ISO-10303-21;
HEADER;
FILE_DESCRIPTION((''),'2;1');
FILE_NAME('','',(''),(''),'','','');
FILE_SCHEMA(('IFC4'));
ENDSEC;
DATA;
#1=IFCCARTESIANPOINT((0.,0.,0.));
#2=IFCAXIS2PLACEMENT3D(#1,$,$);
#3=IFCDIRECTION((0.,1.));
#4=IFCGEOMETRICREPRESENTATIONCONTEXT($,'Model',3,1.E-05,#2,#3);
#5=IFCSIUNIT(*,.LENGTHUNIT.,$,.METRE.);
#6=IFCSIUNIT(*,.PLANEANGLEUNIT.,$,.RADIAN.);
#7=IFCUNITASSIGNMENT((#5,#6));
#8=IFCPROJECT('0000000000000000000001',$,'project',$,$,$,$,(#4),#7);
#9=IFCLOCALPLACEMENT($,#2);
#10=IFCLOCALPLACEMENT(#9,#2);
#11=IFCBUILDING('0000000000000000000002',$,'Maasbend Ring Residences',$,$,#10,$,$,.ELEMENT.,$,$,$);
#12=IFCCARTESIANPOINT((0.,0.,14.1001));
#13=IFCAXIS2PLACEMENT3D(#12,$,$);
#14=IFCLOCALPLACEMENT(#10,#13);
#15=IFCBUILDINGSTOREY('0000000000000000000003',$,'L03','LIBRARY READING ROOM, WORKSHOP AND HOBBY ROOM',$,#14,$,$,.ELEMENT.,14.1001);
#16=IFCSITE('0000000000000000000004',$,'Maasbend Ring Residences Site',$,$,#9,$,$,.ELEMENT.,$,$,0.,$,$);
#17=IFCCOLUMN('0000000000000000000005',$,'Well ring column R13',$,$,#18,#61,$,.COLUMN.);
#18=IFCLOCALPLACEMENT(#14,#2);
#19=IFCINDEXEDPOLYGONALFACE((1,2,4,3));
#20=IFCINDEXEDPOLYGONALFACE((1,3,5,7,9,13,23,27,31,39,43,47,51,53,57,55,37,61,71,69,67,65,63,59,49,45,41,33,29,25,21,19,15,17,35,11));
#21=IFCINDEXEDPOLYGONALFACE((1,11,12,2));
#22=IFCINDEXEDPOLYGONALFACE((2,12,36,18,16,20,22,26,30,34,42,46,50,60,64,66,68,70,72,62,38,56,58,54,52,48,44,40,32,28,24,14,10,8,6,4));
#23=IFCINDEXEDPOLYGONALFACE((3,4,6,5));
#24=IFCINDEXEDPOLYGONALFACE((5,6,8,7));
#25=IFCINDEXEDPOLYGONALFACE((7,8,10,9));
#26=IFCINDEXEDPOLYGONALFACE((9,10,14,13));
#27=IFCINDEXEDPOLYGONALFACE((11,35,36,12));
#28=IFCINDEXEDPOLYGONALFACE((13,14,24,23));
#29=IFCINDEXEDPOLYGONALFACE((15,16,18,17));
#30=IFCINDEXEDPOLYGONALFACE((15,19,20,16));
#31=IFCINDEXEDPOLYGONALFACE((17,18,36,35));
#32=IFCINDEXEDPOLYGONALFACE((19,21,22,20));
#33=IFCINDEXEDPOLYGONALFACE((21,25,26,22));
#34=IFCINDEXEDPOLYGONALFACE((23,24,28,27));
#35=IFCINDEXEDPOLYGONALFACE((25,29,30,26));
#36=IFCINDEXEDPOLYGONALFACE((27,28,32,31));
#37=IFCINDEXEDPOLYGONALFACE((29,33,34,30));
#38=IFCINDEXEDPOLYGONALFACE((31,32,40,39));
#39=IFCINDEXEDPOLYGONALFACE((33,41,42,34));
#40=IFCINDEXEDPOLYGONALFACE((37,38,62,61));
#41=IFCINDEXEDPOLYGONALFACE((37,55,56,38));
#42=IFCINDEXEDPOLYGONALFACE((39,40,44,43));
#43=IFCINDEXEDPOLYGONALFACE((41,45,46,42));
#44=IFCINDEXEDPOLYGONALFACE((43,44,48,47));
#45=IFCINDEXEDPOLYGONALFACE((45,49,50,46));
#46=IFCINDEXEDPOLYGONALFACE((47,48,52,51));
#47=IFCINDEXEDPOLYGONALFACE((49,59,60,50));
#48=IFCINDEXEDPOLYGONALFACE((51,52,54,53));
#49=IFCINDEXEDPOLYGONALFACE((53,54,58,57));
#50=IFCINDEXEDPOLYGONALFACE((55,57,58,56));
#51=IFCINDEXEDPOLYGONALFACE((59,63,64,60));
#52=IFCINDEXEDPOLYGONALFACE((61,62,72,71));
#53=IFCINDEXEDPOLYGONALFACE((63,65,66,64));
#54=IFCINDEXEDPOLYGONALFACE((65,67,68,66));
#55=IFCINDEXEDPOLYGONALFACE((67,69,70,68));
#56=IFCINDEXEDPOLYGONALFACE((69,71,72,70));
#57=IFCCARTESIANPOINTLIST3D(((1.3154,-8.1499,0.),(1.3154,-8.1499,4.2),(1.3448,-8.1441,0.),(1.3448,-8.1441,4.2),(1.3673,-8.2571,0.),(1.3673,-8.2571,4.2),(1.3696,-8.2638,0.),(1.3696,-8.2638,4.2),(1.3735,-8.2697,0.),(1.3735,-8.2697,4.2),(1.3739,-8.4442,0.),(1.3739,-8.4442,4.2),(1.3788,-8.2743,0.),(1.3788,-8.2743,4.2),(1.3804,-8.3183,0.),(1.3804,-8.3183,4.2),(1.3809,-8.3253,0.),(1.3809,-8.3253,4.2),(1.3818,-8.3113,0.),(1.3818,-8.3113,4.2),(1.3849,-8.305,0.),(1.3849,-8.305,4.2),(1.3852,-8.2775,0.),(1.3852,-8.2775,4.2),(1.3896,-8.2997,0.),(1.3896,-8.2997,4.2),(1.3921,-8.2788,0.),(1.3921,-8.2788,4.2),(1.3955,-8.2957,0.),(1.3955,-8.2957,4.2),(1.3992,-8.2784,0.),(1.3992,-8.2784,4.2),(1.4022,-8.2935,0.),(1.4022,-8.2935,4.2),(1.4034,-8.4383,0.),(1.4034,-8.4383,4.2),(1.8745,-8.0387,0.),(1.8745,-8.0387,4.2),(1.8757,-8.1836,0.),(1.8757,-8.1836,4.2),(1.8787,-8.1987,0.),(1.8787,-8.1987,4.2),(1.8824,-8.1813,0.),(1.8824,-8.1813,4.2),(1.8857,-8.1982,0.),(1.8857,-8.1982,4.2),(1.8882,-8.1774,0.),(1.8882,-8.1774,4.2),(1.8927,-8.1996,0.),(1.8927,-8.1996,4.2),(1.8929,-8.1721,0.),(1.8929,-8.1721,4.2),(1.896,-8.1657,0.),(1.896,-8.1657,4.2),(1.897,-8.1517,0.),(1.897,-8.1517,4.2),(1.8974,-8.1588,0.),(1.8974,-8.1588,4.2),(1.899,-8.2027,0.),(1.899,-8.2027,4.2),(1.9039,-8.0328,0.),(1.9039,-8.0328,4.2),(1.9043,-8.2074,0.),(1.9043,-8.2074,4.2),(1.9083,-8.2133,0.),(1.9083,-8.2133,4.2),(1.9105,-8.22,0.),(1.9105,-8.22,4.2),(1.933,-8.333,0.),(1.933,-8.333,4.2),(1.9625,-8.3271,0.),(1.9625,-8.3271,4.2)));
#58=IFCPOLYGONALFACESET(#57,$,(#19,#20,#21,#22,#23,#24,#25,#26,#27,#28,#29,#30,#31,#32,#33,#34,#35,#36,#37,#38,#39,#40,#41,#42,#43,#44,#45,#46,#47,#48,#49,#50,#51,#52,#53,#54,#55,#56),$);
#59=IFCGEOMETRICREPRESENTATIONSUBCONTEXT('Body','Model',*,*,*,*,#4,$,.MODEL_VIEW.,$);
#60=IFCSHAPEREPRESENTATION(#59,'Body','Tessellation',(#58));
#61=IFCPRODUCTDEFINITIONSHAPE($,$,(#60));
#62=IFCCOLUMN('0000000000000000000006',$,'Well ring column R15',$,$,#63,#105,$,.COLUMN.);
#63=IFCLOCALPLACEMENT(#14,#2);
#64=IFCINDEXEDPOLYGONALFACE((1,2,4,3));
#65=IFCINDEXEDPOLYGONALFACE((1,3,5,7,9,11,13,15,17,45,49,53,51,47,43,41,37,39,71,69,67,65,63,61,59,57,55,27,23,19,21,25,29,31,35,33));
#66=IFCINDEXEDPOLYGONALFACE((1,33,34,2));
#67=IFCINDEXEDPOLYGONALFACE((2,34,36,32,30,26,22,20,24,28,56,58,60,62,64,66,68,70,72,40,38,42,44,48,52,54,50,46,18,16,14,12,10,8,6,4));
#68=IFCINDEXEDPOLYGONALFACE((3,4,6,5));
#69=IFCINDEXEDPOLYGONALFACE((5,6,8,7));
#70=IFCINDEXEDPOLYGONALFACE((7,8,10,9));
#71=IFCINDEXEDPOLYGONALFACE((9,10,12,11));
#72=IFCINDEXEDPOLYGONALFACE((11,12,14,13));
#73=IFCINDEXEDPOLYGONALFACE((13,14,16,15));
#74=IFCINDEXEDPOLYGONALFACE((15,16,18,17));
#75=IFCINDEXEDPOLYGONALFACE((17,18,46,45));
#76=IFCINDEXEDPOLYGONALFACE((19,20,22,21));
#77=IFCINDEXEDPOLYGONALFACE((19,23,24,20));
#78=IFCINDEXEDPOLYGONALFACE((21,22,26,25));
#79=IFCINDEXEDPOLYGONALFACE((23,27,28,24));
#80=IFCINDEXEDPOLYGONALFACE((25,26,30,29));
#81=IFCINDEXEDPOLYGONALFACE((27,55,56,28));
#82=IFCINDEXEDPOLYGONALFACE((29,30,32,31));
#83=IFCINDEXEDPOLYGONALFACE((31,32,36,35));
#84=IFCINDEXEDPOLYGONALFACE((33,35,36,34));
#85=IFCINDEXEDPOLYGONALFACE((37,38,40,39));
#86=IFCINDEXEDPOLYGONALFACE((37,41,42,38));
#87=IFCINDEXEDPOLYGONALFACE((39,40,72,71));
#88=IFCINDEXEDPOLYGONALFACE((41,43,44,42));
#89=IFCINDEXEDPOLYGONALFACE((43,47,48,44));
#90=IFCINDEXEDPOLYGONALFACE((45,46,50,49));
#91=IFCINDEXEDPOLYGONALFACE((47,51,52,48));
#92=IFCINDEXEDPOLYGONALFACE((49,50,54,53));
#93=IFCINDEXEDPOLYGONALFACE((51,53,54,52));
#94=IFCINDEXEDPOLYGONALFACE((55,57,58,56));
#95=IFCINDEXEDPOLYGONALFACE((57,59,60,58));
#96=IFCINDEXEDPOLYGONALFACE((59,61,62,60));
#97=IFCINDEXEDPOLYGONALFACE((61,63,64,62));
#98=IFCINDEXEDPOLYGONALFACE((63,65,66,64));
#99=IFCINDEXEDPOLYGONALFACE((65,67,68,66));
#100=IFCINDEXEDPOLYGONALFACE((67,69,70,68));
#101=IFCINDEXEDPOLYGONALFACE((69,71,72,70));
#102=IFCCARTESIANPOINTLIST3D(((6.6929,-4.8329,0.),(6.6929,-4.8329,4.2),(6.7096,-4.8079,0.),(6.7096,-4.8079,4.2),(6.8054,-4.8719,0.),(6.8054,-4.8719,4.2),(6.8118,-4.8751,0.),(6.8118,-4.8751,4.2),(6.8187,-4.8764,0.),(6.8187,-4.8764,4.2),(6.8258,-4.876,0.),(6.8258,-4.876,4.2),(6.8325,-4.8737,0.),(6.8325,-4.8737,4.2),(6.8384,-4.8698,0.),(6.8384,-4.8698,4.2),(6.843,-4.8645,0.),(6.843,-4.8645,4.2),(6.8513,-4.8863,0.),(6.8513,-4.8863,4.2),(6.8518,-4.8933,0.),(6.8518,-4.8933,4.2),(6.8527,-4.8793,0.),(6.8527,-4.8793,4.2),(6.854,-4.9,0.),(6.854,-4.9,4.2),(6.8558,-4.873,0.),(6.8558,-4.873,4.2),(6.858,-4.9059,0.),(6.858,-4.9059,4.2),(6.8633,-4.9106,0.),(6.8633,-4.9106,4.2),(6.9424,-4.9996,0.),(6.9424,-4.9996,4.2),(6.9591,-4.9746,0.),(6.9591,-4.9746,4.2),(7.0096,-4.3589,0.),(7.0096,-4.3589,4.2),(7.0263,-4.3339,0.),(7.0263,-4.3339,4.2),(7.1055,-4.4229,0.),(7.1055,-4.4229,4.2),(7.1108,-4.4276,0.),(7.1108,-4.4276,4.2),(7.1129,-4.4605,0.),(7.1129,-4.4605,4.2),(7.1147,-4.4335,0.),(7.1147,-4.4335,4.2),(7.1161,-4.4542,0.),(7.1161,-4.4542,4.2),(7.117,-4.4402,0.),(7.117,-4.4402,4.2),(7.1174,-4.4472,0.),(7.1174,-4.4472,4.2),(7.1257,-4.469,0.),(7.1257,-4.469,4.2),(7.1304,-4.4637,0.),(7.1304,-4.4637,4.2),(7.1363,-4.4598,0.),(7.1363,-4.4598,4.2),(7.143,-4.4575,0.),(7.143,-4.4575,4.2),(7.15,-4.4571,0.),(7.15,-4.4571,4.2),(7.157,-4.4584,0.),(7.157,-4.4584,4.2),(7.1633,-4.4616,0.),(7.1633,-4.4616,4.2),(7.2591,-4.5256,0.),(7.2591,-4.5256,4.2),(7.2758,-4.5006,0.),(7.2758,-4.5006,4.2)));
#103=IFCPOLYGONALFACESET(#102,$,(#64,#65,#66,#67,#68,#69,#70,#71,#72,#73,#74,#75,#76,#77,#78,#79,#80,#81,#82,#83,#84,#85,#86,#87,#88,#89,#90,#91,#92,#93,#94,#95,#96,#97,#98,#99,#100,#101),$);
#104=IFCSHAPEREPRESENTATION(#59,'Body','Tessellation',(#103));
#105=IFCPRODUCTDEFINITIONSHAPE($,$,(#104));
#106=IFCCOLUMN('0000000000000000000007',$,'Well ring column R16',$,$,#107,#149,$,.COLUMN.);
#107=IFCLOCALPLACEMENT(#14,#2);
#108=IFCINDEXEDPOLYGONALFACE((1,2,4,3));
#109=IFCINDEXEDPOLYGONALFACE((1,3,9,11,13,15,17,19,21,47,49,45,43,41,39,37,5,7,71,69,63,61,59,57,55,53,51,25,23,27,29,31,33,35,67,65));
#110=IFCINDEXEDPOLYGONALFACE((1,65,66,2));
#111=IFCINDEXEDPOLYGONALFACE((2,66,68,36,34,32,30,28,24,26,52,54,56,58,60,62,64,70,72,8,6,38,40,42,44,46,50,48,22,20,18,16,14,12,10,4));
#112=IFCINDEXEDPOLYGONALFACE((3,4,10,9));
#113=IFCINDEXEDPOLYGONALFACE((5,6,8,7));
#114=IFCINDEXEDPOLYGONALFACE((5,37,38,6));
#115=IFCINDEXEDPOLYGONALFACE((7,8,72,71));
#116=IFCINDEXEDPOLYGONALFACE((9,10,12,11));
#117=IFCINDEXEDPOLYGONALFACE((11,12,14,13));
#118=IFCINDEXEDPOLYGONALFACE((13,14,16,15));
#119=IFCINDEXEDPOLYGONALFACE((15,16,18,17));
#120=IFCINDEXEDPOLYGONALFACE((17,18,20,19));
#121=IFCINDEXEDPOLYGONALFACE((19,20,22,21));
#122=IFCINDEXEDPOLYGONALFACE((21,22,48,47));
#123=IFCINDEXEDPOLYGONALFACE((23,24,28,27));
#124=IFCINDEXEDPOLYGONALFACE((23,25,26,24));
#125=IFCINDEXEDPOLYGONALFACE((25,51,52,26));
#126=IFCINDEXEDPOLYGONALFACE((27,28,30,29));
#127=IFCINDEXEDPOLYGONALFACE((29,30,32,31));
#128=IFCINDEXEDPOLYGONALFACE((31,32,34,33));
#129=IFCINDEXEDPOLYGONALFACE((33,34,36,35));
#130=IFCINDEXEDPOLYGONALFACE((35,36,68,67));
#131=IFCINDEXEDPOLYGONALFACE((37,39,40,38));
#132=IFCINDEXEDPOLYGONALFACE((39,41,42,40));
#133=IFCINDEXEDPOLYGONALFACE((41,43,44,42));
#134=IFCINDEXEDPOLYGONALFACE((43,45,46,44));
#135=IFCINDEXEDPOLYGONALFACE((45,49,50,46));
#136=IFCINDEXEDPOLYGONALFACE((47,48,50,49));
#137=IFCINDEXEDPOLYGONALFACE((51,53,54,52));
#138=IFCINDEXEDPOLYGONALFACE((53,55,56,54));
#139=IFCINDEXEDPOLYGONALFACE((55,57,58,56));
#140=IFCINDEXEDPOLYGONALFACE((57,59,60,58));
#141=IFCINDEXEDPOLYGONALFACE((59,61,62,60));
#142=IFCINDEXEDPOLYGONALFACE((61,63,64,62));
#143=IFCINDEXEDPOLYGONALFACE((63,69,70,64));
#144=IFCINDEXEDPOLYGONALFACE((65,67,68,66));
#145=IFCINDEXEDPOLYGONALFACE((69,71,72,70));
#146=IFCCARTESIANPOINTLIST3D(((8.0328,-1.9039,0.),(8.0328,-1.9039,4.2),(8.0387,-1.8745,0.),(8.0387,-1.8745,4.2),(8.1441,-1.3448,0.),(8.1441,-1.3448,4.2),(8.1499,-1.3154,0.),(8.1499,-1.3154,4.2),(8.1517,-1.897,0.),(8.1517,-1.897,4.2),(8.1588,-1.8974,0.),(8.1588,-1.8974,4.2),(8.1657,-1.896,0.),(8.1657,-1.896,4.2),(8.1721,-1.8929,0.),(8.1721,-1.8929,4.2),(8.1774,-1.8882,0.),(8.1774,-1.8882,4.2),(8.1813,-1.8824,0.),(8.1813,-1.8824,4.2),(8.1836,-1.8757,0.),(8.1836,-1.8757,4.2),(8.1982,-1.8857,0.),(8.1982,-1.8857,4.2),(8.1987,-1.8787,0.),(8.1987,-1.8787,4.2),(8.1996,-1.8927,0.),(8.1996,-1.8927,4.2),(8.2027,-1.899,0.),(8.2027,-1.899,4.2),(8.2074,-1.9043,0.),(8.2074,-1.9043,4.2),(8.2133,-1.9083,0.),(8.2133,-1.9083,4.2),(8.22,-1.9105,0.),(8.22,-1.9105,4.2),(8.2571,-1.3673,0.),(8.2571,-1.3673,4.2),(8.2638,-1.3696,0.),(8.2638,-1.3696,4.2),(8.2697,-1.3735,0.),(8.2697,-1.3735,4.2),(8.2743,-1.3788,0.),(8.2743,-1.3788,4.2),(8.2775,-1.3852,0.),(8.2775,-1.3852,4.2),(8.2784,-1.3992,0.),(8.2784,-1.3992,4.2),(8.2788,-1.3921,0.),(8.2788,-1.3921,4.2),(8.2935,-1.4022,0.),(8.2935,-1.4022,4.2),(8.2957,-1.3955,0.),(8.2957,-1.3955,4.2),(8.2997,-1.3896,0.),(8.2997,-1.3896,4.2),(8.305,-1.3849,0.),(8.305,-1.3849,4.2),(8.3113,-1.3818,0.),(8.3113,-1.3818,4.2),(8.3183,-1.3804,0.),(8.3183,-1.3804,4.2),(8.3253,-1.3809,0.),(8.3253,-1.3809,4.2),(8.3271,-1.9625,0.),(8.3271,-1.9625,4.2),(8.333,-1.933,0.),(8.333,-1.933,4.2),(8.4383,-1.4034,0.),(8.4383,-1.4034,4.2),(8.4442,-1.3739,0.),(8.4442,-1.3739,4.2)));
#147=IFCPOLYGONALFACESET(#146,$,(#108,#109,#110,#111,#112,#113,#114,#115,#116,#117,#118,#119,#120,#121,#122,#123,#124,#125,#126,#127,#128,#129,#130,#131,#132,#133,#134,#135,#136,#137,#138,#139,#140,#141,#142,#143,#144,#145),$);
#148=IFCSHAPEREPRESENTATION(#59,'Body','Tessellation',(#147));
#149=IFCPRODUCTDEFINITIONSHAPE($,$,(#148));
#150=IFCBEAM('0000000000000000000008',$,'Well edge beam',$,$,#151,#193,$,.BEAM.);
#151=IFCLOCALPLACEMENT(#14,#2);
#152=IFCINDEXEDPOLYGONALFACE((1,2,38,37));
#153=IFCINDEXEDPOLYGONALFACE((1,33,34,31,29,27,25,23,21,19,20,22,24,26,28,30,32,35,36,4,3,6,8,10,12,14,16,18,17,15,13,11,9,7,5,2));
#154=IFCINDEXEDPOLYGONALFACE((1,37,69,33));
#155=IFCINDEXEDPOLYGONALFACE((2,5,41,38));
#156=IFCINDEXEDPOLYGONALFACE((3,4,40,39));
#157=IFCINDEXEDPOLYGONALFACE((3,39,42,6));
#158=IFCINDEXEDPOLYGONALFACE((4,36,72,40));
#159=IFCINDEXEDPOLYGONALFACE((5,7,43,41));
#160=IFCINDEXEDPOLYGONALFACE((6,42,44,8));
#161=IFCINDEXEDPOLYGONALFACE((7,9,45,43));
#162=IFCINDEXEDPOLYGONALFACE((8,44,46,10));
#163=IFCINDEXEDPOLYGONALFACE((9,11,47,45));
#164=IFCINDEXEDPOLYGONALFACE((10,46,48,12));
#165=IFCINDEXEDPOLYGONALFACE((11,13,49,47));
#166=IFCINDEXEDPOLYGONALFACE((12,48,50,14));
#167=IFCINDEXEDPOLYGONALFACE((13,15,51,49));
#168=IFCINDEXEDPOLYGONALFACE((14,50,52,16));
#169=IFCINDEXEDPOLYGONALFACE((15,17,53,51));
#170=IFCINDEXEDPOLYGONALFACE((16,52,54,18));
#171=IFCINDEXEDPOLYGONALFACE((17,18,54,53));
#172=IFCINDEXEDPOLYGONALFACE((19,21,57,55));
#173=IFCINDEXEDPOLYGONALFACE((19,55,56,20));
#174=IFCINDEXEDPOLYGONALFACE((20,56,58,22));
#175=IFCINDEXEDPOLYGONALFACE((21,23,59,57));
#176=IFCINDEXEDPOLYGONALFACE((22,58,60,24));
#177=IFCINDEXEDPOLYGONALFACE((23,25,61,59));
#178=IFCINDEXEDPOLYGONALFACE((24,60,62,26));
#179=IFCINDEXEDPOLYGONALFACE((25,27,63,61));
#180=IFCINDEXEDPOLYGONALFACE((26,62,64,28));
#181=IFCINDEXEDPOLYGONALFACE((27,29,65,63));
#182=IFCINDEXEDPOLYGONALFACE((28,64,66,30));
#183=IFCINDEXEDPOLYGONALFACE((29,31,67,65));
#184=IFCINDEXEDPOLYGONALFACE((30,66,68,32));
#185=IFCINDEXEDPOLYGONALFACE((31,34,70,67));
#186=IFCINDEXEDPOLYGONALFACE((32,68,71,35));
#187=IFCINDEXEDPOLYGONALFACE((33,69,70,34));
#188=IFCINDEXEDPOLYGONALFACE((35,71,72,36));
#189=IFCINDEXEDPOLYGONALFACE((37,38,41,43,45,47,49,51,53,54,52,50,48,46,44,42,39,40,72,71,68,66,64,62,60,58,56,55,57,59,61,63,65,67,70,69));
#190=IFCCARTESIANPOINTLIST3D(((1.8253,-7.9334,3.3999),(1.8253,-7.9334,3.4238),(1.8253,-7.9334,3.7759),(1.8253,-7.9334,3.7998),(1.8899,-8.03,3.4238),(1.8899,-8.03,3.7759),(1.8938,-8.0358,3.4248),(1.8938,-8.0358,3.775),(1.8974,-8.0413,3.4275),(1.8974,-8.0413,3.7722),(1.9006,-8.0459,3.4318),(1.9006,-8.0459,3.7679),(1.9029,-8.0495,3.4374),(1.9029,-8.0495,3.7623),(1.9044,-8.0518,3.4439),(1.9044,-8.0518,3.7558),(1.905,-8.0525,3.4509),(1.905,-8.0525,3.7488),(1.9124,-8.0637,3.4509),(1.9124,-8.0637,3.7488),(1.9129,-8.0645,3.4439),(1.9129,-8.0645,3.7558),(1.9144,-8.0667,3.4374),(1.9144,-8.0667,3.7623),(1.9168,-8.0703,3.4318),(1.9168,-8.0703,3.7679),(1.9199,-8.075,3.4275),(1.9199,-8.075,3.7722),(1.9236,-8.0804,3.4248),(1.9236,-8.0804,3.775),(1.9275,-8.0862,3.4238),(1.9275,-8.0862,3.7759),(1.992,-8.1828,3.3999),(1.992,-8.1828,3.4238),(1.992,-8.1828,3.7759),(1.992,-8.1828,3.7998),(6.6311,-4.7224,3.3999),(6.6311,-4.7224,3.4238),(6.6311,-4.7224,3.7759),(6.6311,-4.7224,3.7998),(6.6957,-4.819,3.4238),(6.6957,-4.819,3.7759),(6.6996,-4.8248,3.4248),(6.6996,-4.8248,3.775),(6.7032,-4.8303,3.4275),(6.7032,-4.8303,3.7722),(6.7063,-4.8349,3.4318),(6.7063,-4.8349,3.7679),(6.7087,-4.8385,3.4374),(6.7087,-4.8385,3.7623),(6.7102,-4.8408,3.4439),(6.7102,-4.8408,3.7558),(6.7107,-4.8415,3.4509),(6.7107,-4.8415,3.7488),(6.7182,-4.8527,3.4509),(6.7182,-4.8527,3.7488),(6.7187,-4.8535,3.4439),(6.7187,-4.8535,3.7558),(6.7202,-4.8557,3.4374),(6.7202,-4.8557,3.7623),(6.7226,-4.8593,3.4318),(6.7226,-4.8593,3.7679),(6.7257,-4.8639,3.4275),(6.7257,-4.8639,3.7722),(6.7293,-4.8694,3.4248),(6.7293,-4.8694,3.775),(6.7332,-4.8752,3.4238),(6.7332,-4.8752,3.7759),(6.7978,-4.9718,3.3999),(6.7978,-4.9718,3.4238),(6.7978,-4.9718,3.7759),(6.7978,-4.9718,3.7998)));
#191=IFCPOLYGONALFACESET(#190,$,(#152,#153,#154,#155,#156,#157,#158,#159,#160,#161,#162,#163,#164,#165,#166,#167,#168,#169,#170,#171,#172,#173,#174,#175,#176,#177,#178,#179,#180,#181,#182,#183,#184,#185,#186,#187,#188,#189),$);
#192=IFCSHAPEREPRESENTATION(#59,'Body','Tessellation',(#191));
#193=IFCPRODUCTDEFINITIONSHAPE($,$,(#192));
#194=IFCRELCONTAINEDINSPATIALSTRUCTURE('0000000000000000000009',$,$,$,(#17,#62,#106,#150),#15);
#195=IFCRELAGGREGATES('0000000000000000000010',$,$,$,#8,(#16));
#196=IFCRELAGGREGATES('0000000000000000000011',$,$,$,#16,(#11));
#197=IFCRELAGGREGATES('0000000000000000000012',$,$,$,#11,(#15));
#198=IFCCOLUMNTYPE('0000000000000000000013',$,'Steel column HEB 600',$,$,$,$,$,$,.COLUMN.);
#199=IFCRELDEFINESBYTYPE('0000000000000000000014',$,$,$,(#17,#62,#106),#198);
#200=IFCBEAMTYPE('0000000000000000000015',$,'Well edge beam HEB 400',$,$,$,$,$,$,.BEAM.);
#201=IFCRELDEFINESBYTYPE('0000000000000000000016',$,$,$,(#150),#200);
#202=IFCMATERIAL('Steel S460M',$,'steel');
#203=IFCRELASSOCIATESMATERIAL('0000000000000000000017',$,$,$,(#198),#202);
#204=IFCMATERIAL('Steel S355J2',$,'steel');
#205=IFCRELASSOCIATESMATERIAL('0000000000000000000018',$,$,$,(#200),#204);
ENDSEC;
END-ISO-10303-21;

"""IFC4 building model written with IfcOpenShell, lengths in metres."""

from ifc_helpers import new_model, si_unit, direction, frame, origin, origin_2d, place, context, subcontext, project, spatial, i_section, extrude, material, material_profile, profile_set, type_object, element, save


model = new_model("IFC4")

# Units and contexts
model_context = context("Model", 3, precision=1e-05, world=origin(), true_north=direction((0.0, 1.0)))
body_context = subcontext(model_context, "Body", "Model", "MODEL_VIEW")
ifc_project = project(units=[si_unit("LENGTHUNIT", "METRE"), si_unit("PLANEANGLEUNIT", "RADIAN")], contexts=[model_context])

# Site, building, storey
site_placement = place(None, origin())
site = spatial("IfcSite", under=ifc_project, at=site_placement, Name="Maasbend Ring Residences Site", CompositionType="ELEMENT", RefElevation=0.0)
building_placement = place(site_placement, origin())
building = spatial("IfcBuilding", under=site, at=building_placement, Name="Maasbend Ring Residences", CompositionType="ELEMENT")
storey_placement = place(building_placement, frame((0.0, 0.0, 14.1001)))
storey = spatial("IfcBuildingStorey", under=building, at=storey_placement, Name="L03", Description="LIBRARY READING ROOM, WORKSHOP AND HOBBY ROOM", CompositionType="ELEMENT", Elevation=14.1001)

# Columns
ifc_material_1 = material(Name="Steel S460M", Category="steel")
ifc_material_profile_1 = material_profile(ifc_material_1, i_section(OverallWidth=0.3, OverallDepth=0.6001, WebThickness=0.0154, FlangeThickness=0.03, FilletRadius=0.0271, at=origin_2d()), Name="HEB 600")
ifc_profile_set_1 = profile_set([ifc_material_profile_1], Name="Steel S460M")
column_type = type_object("IfcColumnType", Name="Steel column HEB 600", PredefinedType="COLUMN", material=ifc_profile_set_1)
for number, where, z_axis, x_axis, name in (
    (1, (1.6389, -8.2385, 0.0), (0.0, 0.0, 1.0), (0.19509, -0.980785, 0.0), "Well ring column R13"),
    (2, (6.9844, -4.6667, 0.0), (0.0, 0.0, 1.0), (0.83147, -0.55557, 0.0), "Well ring column R15"),
    (3, (8.2385, -1.6389, 0.0), (0.0, 0.0, 1.0), (0.980785, -0.19509, 0.0), "Well ring column R16"),
):
    element("IfcColumn", number, at=place(storey_placement, frame(where, z_axis=z_axis, x_axis=x_axis)), inside=storey, type_object=column_type, Name=name, PredefinedType="COLUMN", context=body_context, shape_type="SweptSolid", body=[
        extrude(i_section(OverallWidth=0.3, OverallDepth=0.6001, WebThickness=0.0154, FlangeThickness=0.03, FilletRadius=0.0271, at=origin_2d()), origin(), (0.0, 0.0, 1.0), 4.2),
    ])

# Beam
ifc_material_2 = material(Name="Steel S355J2", Category="steel")
ifc_material_profile_2 = material_profile(ifc_material_2, i_section(OverallWidth=0.3, OverallDepth=0.3999, WebThickness=0.0134, FlangeThickness=0.0239, FilletRadius=0.0271, at=origin_2d()), Name="HEB 400")
ifc_profile_set_2 = profile_set([ifc_material_profile_2], Name="Steel S355J2")
beam_type = type_object("IfcBeamType", Name="Well edge beam HEB 400", PredefinedType="BEAM", material=ifc_profile_set_2)
beam_1_placement = place(storey_placement, frame((1.9087, -8.0581, 3.5999), z_axis=(0.831478, 0.555558, 0.0), x_axis=(-0.555558, 0.831478, 0.0)))
element("IfcBeam", 4, at=beam_1_placement, inside=storey, type_object=beam_type, Name="Well edge beam", PredefinedType="BEAM", context=body_context, shape_type="SweptSolid", body=[
    extrude(i_section(OverallWidth=0.3, OverallDepth=0.3999, WebThickness=0.0134, FlangeThickness=0.0239, FilletRadius=0.0271, at=origin_2d()), origin(), (0.0, 0.0, 1.0), 5.7798),
])

save(model, "model.ifc")
